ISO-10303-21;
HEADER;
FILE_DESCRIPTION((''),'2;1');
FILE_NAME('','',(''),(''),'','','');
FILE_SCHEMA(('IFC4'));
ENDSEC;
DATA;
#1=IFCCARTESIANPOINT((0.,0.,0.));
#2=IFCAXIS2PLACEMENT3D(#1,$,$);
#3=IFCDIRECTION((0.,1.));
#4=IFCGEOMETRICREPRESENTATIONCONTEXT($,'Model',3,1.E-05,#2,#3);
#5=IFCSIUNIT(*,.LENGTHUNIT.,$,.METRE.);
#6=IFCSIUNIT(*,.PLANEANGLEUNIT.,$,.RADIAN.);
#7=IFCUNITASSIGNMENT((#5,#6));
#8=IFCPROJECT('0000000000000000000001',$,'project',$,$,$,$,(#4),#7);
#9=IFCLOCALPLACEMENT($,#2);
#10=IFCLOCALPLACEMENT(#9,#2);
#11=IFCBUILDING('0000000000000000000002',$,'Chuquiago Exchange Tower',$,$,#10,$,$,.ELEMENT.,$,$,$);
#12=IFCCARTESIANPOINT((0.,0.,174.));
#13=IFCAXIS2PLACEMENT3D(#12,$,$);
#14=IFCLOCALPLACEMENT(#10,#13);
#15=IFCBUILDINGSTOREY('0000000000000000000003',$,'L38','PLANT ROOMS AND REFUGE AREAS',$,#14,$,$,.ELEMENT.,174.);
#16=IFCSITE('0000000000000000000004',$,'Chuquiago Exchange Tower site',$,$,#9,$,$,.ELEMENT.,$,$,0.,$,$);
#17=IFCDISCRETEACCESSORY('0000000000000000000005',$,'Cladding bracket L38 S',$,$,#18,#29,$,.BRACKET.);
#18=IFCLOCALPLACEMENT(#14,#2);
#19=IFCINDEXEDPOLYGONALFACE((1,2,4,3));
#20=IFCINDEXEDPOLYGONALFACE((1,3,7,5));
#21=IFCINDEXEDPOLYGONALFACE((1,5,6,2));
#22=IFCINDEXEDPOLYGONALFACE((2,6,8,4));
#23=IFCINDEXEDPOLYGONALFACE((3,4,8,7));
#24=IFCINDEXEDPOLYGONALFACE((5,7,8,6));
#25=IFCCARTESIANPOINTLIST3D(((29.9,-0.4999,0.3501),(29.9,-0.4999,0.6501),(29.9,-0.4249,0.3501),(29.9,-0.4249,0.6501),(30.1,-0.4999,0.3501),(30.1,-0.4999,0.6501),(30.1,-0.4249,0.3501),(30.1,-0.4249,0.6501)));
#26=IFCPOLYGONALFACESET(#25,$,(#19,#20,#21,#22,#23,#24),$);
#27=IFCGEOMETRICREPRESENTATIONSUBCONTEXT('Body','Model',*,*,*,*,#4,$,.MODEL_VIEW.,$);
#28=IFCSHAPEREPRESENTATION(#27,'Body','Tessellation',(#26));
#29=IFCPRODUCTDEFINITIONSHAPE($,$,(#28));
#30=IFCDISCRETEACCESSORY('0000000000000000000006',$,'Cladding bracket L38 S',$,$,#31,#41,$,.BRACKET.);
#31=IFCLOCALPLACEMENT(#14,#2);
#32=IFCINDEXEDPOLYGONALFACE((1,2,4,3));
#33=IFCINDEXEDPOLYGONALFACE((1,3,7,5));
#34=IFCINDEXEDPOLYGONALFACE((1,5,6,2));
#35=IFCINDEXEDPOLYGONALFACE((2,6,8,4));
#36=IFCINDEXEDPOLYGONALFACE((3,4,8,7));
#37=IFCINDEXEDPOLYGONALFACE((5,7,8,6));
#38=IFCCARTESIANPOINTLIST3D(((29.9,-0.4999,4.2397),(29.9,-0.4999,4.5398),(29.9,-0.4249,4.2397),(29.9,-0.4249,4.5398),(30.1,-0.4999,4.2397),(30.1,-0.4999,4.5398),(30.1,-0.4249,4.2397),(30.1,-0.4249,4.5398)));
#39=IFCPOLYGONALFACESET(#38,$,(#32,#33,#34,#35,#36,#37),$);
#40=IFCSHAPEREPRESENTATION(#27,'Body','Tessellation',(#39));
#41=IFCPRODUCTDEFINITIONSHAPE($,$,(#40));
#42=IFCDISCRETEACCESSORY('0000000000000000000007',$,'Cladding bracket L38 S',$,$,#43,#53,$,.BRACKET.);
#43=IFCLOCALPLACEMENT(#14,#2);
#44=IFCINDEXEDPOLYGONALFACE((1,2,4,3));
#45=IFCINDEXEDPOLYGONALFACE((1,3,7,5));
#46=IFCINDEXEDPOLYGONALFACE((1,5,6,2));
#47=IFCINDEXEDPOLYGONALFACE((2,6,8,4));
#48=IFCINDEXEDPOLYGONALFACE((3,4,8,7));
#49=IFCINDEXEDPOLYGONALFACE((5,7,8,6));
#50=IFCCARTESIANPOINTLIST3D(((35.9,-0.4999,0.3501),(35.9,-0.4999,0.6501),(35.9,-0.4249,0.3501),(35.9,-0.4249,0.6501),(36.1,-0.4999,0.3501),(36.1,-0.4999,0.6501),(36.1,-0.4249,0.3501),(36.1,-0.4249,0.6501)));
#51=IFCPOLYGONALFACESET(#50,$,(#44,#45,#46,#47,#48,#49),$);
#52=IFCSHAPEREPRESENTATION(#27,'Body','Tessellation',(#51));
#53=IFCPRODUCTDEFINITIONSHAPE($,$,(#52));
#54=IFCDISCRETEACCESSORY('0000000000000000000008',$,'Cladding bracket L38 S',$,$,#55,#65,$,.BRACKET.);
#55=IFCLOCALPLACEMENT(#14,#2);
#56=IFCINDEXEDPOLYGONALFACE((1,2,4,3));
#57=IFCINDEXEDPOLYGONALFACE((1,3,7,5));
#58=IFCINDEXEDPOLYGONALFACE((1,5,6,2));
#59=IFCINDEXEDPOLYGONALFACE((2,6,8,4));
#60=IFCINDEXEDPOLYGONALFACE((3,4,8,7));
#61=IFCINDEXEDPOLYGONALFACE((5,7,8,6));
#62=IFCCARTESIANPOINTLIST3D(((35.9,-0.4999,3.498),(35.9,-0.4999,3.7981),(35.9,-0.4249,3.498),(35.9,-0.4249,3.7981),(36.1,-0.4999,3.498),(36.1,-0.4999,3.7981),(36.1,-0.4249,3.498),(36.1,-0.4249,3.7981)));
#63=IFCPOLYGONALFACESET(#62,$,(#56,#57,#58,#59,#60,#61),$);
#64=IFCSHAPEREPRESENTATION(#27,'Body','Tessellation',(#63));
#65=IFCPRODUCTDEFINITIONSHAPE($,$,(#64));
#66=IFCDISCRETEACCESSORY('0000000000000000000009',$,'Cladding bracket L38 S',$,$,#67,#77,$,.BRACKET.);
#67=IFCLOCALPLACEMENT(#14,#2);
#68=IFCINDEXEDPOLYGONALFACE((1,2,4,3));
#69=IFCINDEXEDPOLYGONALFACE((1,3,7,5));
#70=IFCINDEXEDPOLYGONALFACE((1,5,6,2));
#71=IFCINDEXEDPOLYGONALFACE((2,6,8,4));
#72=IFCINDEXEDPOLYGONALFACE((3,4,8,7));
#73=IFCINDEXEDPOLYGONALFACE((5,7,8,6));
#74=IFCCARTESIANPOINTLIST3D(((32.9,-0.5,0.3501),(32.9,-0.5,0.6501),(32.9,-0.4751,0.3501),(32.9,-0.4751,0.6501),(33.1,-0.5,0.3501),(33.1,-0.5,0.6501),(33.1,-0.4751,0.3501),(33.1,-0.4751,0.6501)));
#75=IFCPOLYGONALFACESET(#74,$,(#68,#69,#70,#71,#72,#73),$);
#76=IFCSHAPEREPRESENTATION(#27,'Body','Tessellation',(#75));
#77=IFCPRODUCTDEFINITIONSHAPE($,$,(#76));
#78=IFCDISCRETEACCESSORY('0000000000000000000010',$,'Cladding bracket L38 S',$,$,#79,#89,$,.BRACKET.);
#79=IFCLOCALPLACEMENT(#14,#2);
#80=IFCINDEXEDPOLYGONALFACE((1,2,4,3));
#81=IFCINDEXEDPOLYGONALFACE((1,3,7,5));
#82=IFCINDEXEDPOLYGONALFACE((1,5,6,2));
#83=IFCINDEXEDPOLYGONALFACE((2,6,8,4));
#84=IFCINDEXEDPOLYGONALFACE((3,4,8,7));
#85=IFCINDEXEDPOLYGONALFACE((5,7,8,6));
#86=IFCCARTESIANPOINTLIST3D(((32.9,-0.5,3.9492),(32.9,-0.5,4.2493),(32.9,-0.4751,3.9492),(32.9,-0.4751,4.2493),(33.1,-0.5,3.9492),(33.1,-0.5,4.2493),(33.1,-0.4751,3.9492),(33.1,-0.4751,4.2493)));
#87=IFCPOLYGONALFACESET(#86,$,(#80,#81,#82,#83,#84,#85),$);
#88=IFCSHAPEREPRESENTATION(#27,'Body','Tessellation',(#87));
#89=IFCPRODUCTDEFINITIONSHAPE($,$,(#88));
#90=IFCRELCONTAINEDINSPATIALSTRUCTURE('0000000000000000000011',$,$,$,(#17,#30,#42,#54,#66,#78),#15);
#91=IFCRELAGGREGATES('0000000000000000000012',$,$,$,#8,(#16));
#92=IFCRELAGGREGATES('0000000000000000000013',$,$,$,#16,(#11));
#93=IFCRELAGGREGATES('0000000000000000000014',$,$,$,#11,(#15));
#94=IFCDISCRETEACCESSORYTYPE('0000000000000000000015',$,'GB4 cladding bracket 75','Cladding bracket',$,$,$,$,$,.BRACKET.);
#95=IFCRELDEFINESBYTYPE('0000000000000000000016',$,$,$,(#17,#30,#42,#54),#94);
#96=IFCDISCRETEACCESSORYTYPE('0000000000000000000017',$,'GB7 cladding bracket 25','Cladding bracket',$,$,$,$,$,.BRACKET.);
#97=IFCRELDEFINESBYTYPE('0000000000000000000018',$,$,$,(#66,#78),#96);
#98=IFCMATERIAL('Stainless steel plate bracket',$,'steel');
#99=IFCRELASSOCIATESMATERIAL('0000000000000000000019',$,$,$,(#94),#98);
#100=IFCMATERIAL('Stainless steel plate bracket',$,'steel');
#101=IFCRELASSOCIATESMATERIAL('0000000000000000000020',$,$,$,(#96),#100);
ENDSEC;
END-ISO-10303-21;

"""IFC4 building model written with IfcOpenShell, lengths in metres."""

from ifc_helpers import new_model, si_unit, direction, frame, origin, origin_2d, place, context, subcontext, project, spatial, rectangle, extrude, material, type_object, element, save


model = new_model("IFC4")

# Units and contexts
model_context = context("Model", 3, precision=1e-05, world=origin(), true_north=direction((0.0, 1.0)))
body_context = subcontext(model_context, "Body", "Model", "MODEL_VIEW")
ifc_project = project(units=[si_unit("LENGTHUNIT", "METRE"), si_unit("PLANEANGLEUNIT", "RADIAN")], contexts=[model_context])

# Site, building, storey
site_placement = place(None, origin())
site = spatial("IfcSite", under=ifc_project, at=site_placement, Name="Chuquiago Exchange Tower site", CompositionType="ELEMENT", RefElevation=0.0)
building_placement = place(site_placement, origin())
building = spatial("IfcBuilding", under=site, at=building_placement, Name="Chuquiago Exchange Tower", CompositionType="ELEMENT")
storey_placement = place(building_placement, frame((0.0, 0.0, 174.0)))
storey = spatial("IfcBuildingStorey", under=building, at=storey_placement, Name="L38", Description="PLANT ROOMS AND REFUGE AREAS", CompositionType="ELEMENT", Elevation=174.0)

# Discrete accessories
ifc_material_1 = material(Name="Stainless steel plate bracket", Category="steel")
discrete_accessory_type_1 = type_object("IfcDiscreteAccessoryType", Name="GB4 cladding bracket 75", Description="Cladding bracket", PredefinedType="BRACKET", material=ifc_material_1)
for number, where, z_axis, x_axis, name in (
    (1, (30.0, -0.4624, 0.3501), (0.0, 0.0, 1.0), (1.0, 0.0, 0.0), "Cladding bracket L38 S"),
    (2, (30.0, -0.4624, 4.2397), (0.0, 0.0, 1.0), (1.0, 0.0, 0.0), "Cladding bracket L38 S"),
    (3, (36.0, -0.4624, 0.3501), (0.0, 0.0, 1.0), (1.0, 0.0, 0.0), "Cladding bracket L38 S"),
    (4, (36.0, -0.4624, 3.498), (0.0, 0.0, 1.0), (1.0, 0.0, 0.0), "Cladding bracket L38 S"),
):
    element("IfcDiscreteAccessory", number, at=place(storey_placement, frame(where, z_axis=z_axis, x_axis=x_axis)), inside=storey, type_object=discrete_accessory_type_1, Name=name, PredefinedType="BRACKET", context=body_context, shape_type="SweptSolid", body=[
        extrude(rectangle(XDim=0.2, YDim=0.075, at=origin_2d()), origin(), (0.0, 0.0, 1.0), 0.3),
    ])
ifc_material_2 = material(Name="Stainless steel plate bracket", Category="steel")
discrete_accessory_type_2 = type_object("IfcDiscreteAccessoryType", Name="GB7 cladding bracket 25", Description="Cladding bracket", PredefinedType="BRACKET", material=ifc_material_2)
for number, where, z_axis, x_axis, name in (
    (5, (33.0, -0.4875, 0.3501), (0.0, 0.0, 1.0), (1.0, 0.0, 0.0), "Cladding bracket L38 S"),
    (6, (33.0, -0.4875, 3.9492), (0.0, 0.0, 1.0), (1.0, 0.0, 0.0), "Cladding bracket L38 S"),
):
    element("IfcDiscreteAccessory", number, at=place(storey_placement, frame(where, z_axis=z_axis, x_axis=x_axis)), inside=storey, type_object=discrete_accessory_type_2, Name=name, PredefinedType="BRACKET", context=body_context, shape_type="SweptSolid", body=[
        extrude(rectangle(XDim=0.2, YDim=0.0249, at=origin_2d()), origin(), (0.0, 0.0, 1.0), 0.3),
    ])

save(model, "model.ifc")
